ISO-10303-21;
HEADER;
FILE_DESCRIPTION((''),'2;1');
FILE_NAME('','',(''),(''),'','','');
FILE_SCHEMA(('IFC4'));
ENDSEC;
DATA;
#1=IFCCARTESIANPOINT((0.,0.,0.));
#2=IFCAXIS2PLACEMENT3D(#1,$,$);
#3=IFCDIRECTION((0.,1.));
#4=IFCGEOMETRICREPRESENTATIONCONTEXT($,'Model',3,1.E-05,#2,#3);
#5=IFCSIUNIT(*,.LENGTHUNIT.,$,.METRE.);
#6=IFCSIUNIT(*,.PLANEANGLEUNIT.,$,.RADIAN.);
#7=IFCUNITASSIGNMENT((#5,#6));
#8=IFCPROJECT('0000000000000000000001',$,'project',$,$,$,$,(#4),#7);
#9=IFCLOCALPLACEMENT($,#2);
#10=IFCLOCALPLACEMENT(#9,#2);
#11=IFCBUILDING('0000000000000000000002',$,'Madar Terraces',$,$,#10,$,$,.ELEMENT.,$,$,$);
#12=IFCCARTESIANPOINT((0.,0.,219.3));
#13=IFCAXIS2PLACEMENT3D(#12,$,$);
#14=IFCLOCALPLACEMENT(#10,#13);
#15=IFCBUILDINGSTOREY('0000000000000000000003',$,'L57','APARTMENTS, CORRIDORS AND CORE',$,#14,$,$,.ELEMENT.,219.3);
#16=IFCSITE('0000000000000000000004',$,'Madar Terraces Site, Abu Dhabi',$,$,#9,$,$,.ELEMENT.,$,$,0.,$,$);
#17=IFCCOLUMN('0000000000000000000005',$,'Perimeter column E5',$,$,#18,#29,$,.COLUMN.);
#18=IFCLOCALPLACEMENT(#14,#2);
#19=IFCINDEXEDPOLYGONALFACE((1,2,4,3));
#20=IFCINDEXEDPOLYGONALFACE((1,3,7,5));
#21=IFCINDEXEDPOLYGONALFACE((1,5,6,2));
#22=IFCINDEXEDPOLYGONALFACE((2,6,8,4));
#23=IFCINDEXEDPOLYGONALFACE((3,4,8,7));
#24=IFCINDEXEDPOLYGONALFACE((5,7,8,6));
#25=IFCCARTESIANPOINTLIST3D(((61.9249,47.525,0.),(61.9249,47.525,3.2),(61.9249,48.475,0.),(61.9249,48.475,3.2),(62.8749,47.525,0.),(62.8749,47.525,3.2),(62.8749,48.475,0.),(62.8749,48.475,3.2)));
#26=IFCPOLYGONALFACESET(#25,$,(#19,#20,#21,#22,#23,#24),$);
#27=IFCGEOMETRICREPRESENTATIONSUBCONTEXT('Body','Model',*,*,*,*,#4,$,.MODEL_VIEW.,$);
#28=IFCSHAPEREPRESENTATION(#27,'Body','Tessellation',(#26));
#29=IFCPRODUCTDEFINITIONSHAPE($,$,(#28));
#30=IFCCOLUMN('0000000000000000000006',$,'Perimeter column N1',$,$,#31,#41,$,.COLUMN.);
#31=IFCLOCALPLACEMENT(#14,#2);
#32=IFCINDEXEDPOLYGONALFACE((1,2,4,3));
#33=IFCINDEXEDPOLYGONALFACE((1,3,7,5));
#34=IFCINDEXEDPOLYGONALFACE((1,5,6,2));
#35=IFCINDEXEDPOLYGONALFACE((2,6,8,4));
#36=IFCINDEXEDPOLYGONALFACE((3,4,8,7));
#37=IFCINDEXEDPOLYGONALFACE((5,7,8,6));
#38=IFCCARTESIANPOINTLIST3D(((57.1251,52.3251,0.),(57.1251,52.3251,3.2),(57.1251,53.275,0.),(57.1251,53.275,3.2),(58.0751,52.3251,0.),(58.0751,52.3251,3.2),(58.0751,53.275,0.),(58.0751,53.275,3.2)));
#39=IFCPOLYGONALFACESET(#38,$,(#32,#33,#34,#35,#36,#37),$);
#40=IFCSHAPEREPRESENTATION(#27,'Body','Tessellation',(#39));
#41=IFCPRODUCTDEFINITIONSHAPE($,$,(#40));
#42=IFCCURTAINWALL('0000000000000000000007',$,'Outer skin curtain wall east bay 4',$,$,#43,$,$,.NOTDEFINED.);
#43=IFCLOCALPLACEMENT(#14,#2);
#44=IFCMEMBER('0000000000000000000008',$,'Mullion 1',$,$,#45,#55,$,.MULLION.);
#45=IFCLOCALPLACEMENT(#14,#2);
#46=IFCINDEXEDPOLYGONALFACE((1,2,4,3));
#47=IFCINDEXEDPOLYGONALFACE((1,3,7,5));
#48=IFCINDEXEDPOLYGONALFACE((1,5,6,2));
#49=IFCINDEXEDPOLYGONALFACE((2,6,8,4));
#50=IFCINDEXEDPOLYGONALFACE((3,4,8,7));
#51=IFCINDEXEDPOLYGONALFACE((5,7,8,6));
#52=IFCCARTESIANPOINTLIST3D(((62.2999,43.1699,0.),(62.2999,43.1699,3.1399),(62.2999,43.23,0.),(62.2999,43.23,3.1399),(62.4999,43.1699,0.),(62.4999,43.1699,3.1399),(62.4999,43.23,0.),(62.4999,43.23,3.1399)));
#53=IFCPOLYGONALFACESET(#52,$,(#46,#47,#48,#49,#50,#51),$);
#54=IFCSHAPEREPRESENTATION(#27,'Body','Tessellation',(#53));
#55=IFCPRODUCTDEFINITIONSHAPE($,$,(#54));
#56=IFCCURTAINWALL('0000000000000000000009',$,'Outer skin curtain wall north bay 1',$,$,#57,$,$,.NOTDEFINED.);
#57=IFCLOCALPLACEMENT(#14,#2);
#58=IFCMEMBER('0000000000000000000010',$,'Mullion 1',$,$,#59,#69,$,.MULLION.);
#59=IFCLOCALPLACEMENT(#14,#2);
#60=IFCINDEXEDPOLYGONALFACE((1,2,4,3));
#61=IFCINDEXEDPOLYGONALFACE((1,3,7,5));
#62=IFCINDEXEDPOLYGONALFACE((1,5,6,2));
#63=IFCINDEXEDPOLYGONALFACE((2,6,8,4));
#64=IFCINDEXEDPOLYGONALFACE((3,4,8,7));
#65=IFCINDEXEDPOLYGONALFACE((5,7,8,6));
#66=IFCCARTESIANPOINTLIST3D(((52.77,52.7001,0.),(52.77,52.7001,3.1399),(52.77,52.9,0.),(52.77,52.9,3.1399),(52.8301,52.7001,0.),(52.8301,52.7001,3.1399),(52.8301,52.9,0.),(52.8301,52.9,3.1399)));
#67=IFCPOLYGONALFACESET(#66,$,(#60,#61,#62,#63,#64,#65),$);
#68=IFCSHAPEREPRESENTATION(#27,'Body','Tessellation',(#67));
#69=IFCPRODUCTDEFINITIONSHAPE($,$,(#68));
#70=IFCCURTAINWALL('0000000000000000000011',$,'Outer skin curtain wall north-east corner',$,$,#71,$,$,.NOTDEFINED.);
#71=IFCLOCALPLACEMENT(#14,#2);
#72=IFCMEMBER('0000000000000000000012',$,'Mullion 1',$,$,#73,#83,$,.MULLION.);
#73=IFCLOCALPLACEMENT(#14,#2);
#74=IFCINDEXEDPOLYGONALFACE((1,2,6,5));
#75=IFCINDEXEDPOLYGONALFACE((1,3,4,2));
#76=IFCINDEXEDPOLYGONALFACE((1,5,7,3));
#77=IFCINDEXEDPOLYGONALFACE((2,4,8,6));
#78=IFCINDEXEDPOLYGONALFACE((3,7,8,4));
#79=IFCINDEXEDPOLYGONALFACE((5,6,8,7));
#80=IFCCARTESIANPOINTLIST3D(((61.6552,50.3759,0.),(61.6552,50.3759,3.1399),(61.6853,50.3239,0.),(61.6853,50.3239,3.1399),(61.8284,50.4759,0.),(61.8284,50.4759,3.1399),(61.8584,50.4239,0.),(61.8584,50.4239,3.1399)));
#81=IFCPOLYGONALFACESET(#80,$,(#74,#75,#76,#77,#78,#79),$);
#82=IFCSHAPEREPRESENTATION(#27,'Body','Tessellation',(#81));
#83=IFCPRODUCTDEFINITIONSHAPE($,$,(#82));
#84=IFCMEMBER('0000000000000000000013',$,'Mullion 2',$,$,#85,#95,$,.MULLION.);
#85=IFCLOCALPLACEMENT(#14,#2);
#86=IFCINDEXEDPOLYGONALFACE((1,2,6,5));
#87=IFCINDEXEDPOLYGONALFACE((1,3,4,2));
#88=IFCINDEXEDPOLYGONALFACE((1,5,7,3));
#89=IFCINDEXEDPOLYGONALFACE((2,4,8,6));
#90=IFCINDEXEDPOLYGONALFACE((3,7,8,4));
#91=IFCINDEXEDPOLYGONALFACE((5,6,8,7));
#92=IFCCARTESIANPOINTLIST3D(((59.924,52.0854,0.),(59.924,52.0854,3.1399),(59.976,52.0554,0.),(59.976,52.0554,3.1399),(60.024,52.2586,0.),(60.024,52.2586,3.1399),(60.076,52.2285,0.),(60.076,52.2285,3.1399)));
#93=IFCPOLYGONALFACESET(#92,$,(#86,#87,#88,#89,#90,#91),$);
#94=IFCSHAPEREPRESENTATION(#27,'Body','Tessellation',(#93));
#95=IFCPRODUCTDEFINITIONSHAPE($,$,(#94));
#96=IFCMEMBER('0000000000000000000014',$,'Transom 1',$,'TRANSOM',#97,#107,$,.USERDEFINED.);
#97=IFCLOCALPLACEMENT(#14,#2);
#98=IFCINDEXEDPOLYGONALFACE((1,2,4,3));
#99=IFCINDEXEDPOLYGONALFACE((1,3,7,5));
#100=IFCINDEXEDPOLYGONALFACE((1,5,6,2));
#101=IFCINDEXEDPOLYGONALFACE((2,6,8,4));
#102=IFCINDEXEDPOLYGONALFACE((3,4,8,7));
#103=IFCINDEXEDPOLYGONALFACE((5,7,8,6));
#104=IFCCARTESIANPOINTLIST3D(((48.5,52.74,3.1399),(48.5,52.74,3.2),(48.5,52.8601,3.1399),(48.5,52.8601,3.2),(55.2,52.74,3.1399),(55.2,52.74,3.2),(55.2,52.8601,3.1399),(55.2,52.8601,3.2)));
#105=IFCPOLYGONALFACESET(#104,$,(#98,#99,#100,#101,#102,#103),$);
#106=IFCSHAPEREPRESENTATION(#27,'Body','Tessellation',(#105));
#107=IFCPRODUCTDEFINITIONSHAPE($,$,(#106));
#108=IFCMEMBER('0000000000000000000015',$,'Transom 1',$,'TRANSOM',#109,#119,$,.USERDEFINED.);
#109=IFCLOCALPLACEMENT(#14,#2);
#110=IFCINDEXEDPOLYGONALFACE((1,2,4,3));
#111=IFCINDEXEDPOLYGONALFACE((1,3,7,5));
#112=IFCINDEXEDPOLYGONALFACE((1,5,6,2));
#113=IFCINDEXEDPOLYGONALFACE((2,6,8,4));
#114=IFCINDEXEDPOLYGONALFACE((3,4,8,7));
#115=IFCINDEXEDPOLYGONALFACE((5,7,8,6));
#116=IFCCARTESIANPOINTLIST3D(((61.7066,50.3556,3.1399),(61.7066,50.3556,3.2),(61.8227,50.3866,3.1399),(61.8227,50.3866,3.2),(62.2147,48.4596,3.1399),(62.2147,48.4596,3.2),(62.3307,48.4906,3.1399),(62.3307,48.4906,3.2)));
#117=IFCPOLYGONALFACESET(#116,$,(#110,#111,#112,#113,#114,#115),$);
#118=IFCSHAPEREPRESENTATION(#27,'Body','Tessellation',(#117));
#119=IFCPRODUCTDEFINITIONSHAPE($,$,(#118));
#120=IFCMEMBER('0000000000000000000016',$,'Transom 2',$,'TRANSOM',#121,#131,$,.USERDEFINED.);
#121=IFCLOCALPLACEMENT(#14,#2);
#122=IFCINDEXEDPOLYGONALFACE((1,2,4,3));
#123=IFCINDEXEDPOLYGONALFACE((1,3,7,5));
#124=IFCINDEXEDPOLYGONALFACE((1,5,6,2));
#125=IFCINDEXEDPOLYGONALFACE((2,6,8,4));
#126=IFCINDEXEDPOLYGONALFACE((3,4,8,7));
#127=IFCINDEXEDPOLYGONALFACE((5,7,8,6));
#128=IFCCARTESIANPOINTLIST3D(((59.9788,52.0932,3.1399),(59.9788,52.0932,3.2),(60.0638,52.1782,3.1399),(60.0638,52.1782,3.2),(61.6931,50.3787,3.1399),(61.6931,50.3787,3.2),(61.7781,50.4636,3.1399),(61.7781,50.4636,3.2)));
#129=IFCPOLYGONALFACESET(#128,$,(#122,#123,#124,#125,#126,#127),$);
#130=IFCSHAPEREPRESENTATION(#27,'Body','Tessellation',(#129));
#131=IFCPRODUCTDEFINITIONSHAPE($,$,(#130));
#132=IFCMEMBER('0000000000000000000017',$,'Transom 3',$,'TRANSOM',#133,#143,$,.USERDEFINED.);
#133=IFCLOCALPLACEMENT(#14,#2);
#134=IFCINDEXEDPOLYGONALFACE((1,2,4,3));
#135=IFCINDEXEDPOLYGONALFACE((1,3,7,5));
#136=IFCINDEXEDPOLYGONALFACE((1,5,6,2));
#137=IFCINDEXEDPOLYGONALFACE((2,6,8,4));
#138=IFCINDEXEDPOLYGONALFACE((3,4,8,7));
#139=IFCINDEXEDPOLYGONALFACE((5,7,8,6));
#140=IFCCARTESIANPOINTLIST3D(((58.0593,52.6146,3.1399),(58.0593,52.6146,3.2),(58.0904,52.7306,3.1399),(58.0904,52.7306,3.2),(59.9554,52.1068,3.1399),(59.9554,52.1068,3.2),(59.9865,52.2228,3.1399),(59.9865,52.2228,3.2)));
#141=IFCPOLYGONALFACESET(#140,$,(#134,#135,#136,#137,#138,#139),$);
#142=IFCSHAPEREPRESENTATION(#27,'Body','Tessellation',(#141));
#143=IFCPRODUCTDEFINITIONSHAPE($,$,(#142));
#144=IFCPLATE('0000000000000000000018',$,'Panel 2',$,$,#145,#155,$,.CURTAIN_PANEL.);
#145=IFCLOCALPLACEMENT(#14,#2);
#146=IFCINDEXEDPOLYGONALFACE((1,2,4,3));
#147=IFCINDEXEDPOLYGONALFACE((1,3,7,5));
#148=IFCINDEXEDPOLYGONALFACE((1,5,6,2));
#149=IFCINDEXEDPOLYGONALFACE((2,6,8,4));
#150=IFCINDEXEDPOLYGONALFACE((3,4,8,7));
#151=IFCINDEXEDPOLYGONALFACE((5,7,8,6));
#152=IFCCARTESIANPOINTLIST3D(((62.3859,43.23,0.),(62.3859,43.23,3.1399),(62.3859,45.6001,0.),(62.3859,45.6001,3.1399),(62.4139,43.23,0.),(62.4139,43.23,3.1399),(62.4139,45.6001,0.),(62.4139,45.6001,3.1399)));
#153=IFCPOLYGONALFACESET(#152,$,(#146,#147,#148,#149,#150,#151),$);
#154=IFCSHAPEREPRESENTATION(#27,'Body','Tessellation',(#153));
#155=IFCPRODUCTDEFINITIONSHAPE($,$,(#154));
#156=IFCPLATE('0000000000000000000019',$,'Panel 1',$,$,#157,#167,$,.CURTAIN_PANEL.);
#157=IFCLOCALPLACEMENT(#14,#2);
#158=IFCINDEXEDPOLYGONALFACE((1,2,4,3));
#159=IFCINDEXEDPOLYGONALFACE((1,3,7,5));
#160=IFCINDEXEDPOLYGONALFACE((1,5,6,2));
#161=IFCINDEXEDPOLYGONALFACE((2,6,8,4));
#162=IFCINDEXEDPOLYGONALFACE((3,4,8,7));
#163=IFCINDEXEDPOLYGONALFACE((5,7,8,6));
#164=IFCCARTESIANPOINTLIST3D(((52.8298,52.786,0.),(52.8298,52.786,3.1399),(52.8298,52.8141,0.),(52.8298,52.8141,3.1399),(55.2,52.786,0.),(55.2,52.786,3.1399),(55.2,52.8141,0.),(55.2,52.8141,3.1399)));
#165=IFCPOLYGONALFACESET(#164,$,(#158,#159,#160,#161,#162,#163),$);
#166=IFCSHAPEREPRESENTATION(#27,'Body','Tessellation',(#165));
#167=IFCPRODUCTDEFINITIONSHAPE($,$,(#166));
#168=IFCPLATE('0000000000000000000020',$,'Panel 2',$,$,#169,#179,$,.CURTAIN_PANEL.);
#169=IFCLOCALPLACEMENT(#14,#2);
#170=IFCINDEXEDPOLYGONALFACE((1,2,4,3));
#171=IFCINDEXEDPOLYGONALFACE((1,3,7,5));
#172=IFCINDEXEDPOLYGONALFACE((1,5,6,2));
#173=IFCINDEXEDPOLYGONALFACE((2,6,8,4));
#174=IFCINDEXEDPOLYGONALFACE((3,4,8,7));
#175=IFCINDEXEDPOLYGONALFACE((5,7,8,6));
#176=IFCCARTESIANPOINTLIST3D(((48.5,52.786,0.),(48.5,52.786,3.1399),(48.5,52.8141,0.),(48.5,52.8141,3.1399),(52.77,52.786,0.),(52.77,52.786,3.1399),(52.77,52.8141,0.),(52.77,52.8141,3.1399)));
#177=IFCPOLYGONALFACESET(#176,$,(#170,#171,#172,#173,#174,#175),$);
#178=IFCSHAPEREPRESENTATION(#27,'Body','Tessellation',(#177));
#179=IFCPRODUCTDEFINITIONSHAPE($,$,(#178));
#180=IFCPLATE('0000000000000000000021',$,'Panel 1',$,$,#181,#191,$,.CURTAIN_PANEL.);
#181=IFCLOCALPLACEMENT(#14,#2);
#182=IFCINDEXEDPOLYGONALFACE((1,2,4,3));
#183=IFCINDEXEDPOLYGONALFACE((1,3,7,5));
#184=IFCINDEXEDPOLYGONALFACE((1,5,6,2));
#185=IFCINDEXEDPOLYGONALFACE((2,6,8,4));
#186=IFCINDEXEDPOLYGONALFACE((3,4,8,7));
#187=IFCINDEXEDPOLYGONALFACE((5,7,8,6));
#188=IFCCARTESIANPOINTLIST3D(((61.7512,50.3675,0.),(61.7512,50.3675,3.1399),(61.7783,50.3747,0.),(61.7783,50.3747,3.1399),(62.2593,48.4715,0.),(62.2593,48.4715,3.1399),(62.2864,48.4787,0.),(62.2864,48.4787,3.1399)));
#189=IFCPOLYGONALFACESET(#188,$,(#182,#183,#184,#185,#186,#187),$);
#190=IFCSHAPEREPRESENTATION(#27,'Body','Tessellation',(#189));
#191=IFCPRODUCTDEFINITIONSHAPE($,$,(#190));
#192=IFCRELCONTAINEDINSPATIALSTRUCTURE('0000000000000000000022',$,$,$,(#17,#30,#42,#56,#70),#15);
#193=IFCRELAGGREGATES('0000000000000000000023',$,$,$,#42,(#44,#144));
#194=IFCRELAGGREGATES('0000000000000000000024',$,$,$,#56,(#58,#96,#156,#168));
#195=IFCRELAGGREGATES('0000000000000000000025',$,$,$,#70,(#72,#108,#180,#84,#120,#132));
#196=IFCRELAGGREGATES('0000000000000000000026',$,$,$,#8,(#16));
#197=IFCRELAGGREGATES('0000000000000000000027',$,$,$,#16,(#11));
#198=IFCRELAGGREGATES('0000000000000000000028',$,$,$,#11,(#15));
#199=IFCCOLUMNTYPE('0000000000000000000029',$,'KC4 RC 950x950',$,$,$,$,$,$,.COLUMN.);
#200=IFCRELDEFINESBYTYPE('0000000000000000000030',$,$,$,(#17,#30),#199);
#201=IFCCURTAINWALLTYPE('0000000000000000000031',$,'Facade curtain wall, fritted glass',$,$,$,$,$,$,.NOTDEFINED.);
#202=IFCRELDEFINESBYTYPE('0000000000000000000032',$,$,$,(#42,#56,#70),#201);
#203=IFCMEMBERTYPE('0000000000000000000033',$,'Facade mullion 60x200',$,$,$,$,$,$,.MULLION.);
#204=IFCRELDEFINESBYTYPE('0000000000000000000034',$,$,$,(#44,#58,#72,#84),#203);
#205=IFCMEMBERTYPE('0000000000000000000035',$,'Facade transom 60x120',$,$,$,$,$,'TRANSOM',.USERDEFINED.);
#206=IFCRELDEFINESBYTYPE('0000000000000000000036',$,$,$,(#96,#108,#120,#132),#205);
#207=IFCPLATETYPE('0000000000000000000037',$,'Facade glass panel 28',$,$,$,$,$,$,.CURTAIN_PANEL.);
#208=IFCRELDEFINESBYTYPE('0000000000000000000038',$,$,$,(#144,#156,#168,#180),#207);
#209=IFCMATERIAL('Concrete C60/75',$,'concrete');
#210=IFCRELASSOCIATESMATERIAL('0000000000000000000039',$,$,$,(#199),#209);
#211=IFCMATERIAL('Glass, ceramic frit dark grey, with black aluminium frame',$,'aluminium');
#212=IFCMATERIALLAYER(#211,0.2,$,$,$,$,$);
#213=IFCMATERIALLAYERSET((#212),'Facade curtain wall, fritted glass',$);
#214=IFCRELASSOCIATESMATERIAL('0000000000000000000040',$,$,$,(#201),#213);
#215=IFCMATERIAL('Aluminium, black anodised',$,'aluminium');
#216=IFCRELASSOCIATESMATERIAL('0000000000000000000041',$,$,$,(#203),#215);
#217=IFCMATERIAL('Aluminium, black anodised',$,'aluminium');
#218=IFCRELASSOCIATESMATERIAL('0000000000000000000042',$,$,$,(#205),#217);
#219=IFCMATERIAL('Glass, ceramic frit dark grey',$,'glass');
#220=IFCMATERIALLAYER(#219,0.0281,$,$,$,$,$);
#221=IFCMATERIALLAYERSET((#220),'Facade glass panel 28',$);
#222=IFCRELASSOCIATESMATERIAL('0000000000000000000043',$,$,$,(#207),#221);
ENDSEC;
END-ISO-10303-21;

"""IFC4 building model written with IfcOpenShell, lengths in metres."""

from ifc_helpers import new_model, si_unit, direction, frame, origin, origin_2d, place, context, subcontext, project, spatial, rectangle, extrude, material, layer, layer_set, material_profile, profile_set, type_object, element, aggregate, save


model = new_model("IFC4")

# Units and contexts
model_context = context("Model", 3, precision=1e-05, world=origin(), true_north=direction((0.0, 1.0)))
body_context = subcontext(model_context, "Body", "Model", "MODEL_VIEW")
ifc_project = project(units=[si_unit("LENGTHUNIT", "METRE"), si_unit("PLANEANGLEUNIT", "RADIAN")], contexts=[model_context])

# Site, building, storey
site_placement = place(None, origin())
site = spatial("IfcSite", under=ifc_project, at=site_placement, Name="Madar Terraces Site, Abu Dhabi", CompositionType="ELEMENT", RefElevation=0.0)
building_placement = place(site_placement, origin())
building = spatial("IfcBuilding", under=site, at=building_placement, Name="Madar Terraces", CompositionType="ELEMENT")
storey_placement = place(building_placement, frame((0.0, 0.0, 219.3)))
storey = spatial("IfcBuildingStorey", under=building, at=storey_placement, Name="L57", Description="APARTMENTS, CORRIDORS AND CORE", CompositionType="ELEMENT", Elevation=219.3)

# Columns
ifc_material_1 = material(Name="Concrete C60/75", Category="concrete")
ifc_material_profile_1 = material_profile(ifc_material_1, rectangle(XDim=0.95, YDim=0.95, at=origin_2d()), Name="KC4 RC 950x950")
ifc_profile_set_1 = profile_set([ifc_material_profile_1], Name="Concrete C60/75")
column_type = type_object("IfcColumnType", Name="KC4 RC 950x950", PredefinedType="COLUMN", material=ifc_profile_set_1)
for number, where, z_axis, x_axis, name in (
    (1, (62.3999, 48.0, 0.0), (0.0, 0.0, 1.0), (1.0, 0.0, 0.0), "Perimeter column E5"),
    (2, (57.6001, 52.8, 0.0), (0.0, 0.0, 1.0), (1.0, 0.0, 0.0), "Perimeter column N1"),
):
    element("IfcColumn", number, at=place(storey_placement, frame(where, z_axis=z_axis, x_axis=x_axis)), inside=storey, type_object=column_type, Name=name, PredefinedType="COLUMN", context=body_context, shape_type="SweptSolid", body=[
        extrude(rectangle(XDim=0.95, YDim=0.95, at=origin_2d()), origin(), (0.0, 0.0, 1.0), 3.2),
    ])

# Curtain walls, members
ifc_material_2 = material(Name="Glass, ceramic frit dark grey, with black aluminium frame", Category="aluminium")
ifc_layer_1 = layer(ifc_material_2, 0.2)
ifc_layer_set_1 = layer_set([ifc_layer_1], Name="Facade curtain wall, fritted glass")
curtain_wall_type = type_object("IfcCurtainWallType", Name="Facade curtain wall, fritted glass", PredefinedType="NOTDEFINED", material=ifc_layer_set_1)
curtain_wall_1_placement = place(storey_placement, origin())
curtain_wall_1 = element("IfcCurtainWall", 3, at=curtain_wall_1_placement, inside=storey, type_object=curtain_wall_type, Name="Outer skin curtain wall east bay 4", PredefinedType="NOTDEFINED")
ifc_material_3 = material(Name="Aluminium, black anodised", Category="aluminium")
ifc_material_profile_2 = material_profile(ifc_material_3, rectangle(XDim=0.2, YDim=0.0601, at=origin_2d()), Name="Facade mullion 60x200")
ifc_profile_set_2 = profile_set([ifc_material_profile_2], Name="Aluminium, black anodised")
member_type_1 = type_object("IfcMemberType", Name="Facade mullion 60x200", PredefinedType="MULLION", material=ifc_profile_set_2)
member_1_placement = place(storey_placement, frame((62.3999, 43.2, 0.0), z_axis=(0.0, 0.0, 1.0), x_axis=(-1.0, 0.0, 0.0)))
member_1 = element("IfcMember", 4, at=member_1_placement, type_object=member_type_1, Name="Mullion 1", PredefinedType="MULLION", context=body_context, shape_type="SweptSolid", body=[
    extrude(rectangle(XDim=0.2, YDim=0.0601, at=origin_2d()), origin(), (0.0, 0.0, 1.0), 3.1399),
])
curtain_wall_2_placement = place(storey_placement, origin())
curtain_wall_2 = element("IfcCurtainWall", 5, at=curtain_wall_2_placement, inside=storey, type_object=curtain_wall_type, Name="Outer skin curtain wall north bay 1", PredefinedType="NOTDEFINED")
member_2_placement = place(storey_placement, frame((52.8, 52.8, 0.0), z_axis=(0.0, 0.0, 1.0), x_axis=(0.0, -1.0, 0.0)))
member_2 = element("IfcMember", 6, at=member_2_placement, type_object=member_type_1, Name="Mullion 1", PredefinedType="MULLION", context=body_context, shape_type="SweptSolid", body=[
    extrude(rectangle(XDim=0.2, YDim=0.0601, at=origin_2d()), origin(), (0.0, 0.0, 1.0), 3.1399),
])

# Curtain wall, members
curtain_wall_3_placement = place(storey_placement, origin())
curtain_wall_3 = element("IfcCurtainWall", 7, at=curtain_wall_3_placement, inside=storey, type_object=curtain_wall_type, Name="Outer skin curtain wall north-east corner", PredefinedType="NOTDEFINED")
member_3_placement = place(storey_placement, frame((61.7568, 50.3999, 0.0), z_axis=(0.0, 0.0, 1.0), x_axis=(-0.866025, -0.5, 0.0)))
member_3 = element("IfcMember", 8, at=member_3_placement, type_object=member_type_1, Name="Mullion 1", PredefinedType="MULLION", context=body_context, shape_type="SweptSolid", body=[
    extrude(rectangle(XDim=0.2, YDim=0.0601, at=origin_2d()), origin(), (0.0, 0.0, 1.0), 3.1399),
])
member_4_placement = place(storey_placement, frame((60.0, 52.157, 0.0), z_axis=(0.0, 0.0, 1.0), x_axis=(-0.5, -0.866025, 0.0)))
member_4 = element("IfcMember", 9, at=member_4_placement, type_object=member_type_1, Name="Mullion 2", PredefinedType="MULLION", context=body_context, shape_type="SweptSolid", body=[
    extrude(rectangle(XDim=0.2, YDim=0.0601, at=origin_2d()), origin(), (0.0, 0.0, 1.0), 3.1399),
])

# Members
ifc_material_4 = material(Name="Aluminium, black anodised", Category="aluminium")
ifc_material_profile_3 = material_profile(ifc_material_4, rectangle(XDim=0.1201, YDim=0.0601, at=origin_2d()), Name="Facade transom 60x120")
ifc_profile_set_3 = profile_set([ifc_material_profile_3], Name="Aluminium, black anodised")
member_type_2 = type_object("IfcMemberType", Name="Facade transom 60x120", ElementType="TRANSOM", PredefinedType="USERDEFINED", material=ifc_profile_set_3)
member_5_placement = place(storey_placement, frame((55.2, 52.8, 3.1699), z_axis=(-1.0, 0.0, 0.0), x_axis=(0.0, -1.0, 0.0)))
member_5 = element("IfcMember", 10, at=member_5_placement, type_object=member_type_2, Name="Transom 1", ObjectType="TRANSOM", PredefinedType="USERDEFINED", context=body_context, shape_type="SweptSolid", body=[
    extrude(rectangle(XDim=0.1201, YDim=0.0601, at=origin_2d()), origin(), (0.0, 0.0, 1.0), 6.7),
])
member_6_placement = place(storey_placement, frame((62.2727, 48.4751, 3.1699), z_axis=(-0.258831, 0.965923, 0.0), x_axis=(-0.965923, -0.258831, 0.0)))
member_6 = element("IfcMember", 11, at=member_6_placement, type_object=member_type_2, Name="Transom 1", ObjectType="TRANSOM", PredefinedType="USERDEFINED", context=body_context, shape_type="SweptSolid", body=[
    extrude(rectangle(XDim=0.1201, YDim=0.0601, at=origin_2d()), origin(), (0.0, 0.0, 1.0), 1.9629),
])
member_7_placement = place(storey_placement, frame((61.7356, 50.4211, 3.1699), z_axis=(-0.707056, 0.707157, 0.0), x_axis=(-0.707157, -0.707056, 0.0)))
member_7 = element("IfcMember", 12, at=member_7_placement, type_object=member_type_2, Name="Transom 2", ObjectType="TRANSOM", PredefinedType="USERDEFINED", context=body_context, shape_type="SweptSolid", body=[
    extrude(rectangle(XDim=0.1201, YDim=0.0601, at=origin_2d()), origin(), (0.0, 0.0, 1.0), 2.4246),
])
member_8_placement = place(storey_placement, frame((59.9709, 52.1648, 3.1699), z_axis=(-0.965954, 0.258715, 0.0), x_axis=(-0.258715, -0.965954, 0.0)))
member_8 = element("IfcMember", 13, at=member_8_placement, type_object=member_type_2, Name="Transom 3", ObjectType="TRANSOM", PredefinedType="USERDEFINED", context=body_context, shape_type="SweptSolid", body=[
    extrude(rectangle(XDim=0.1201, YDim=0.0601, at=origin_2d()), origin(), (0.0, 0.0, 1.0), 1.9629),
])

# Plates
ifc_material_5 = material(Name="Glass, ceramic frit dark grey", Category="glass")
ifc_layer_2 = layer(ifc_material_5, 0.0281)
ifc_layer_set_2 = layer_set([ifc_layer_2], Name="Facade glass panel 28")
plate_type = type_object("IfcPlateType", Name="Facade glass panel 28", PredefinedType="CURTAIN_PANEL", material=ifc_layer_set_2)
plate_1_placement = place(storey_placement, frame((62.3999, 44.415, 0.0), z_axis=(0.0, 0.0, 1.0), x_axis=(0.0, 1.0, 0.0)))
plate_1 = element("IfcPlate", 14, at=plate_1_placement, type_object=plate_type, Name="Panel 2", PredefinedType="CURTAIN_PANEL", context=body_context, shape_type="SweptSolid", body=[
    extrude(rectangle(XDim=2.3701, YDim=0.0281, at=origin_2d()), origin(), (0.0, 0.0, 1.0), 3.1399),
])
aggregate(curtain_wall_1, [member_1, plate_1])
plate_2_placement = place(storey_placement, frame((54.0149, 52.8, 0.0), z_axis=(0.0, 0.0, 1.0), x_axis=(-1.0, 0.0, 0.0)))
plate_2 = element("IfcPlate", 15, at=plate_2_placement, type_object=plate_type, Name="Panel 1", PredefinedType="CURTAIN_PANEL", context=body_context, shape_type="SweptSolid", body=[
    extrude(rectangle(XDim=2.3701, YDim=0.0281, at=origin_2d()), origin(), (0.0, 0.0, 1.0), 3.1399),
])
plate_3_placement = place(storey_placement, frame((50.635, 52.8, 0.0), z_axis=(0.0, 0.0, 1.0), x_axis=(-1.0, 0.0, 0.0)))
plate_3 = element("IfcPlate", 16, at=plate_3_placement, type_object=plate_type, Name="Panel 2", PredefinedType="CURTAIN_PANEL", context=body_context, shape_type="SweptSolid", body=[
    extrude(rectangle(XDim=4.27, YDim=0.0281, at=origin_2d()), origin(), (0.0, 0.0, 1.0), 3.1399),
])
aggregate(curtain_wall_2, [member_2, member_5, plate_2, plate_3])
plate_4_placement = place(storey_placement, frame((62.0188, 49.4231, 0.0), z_axis=(0.0, 0.0, 1.0), x_axis=(-0.258819, 0.965926, 0.0)))
plate_4 = element("IfcPlate", 17, at=plate_4_placement, type_object=plate_type, Name="Panel 1", PredefinedType="CURTAIN_PANEL", context=body_context, shape_type="SweptSolid", body=[
    extrude(rectangle(XDim=1.9629, YDim=0.0281, at=origin_2d()), origin(), (0.0, 0.0, 1.0), 3.1399),
])
aggregate(curtain_wall_3, [member_3, member_6, plate_4, member_4, member_7, member_8])

save(model, "model.ifc")
